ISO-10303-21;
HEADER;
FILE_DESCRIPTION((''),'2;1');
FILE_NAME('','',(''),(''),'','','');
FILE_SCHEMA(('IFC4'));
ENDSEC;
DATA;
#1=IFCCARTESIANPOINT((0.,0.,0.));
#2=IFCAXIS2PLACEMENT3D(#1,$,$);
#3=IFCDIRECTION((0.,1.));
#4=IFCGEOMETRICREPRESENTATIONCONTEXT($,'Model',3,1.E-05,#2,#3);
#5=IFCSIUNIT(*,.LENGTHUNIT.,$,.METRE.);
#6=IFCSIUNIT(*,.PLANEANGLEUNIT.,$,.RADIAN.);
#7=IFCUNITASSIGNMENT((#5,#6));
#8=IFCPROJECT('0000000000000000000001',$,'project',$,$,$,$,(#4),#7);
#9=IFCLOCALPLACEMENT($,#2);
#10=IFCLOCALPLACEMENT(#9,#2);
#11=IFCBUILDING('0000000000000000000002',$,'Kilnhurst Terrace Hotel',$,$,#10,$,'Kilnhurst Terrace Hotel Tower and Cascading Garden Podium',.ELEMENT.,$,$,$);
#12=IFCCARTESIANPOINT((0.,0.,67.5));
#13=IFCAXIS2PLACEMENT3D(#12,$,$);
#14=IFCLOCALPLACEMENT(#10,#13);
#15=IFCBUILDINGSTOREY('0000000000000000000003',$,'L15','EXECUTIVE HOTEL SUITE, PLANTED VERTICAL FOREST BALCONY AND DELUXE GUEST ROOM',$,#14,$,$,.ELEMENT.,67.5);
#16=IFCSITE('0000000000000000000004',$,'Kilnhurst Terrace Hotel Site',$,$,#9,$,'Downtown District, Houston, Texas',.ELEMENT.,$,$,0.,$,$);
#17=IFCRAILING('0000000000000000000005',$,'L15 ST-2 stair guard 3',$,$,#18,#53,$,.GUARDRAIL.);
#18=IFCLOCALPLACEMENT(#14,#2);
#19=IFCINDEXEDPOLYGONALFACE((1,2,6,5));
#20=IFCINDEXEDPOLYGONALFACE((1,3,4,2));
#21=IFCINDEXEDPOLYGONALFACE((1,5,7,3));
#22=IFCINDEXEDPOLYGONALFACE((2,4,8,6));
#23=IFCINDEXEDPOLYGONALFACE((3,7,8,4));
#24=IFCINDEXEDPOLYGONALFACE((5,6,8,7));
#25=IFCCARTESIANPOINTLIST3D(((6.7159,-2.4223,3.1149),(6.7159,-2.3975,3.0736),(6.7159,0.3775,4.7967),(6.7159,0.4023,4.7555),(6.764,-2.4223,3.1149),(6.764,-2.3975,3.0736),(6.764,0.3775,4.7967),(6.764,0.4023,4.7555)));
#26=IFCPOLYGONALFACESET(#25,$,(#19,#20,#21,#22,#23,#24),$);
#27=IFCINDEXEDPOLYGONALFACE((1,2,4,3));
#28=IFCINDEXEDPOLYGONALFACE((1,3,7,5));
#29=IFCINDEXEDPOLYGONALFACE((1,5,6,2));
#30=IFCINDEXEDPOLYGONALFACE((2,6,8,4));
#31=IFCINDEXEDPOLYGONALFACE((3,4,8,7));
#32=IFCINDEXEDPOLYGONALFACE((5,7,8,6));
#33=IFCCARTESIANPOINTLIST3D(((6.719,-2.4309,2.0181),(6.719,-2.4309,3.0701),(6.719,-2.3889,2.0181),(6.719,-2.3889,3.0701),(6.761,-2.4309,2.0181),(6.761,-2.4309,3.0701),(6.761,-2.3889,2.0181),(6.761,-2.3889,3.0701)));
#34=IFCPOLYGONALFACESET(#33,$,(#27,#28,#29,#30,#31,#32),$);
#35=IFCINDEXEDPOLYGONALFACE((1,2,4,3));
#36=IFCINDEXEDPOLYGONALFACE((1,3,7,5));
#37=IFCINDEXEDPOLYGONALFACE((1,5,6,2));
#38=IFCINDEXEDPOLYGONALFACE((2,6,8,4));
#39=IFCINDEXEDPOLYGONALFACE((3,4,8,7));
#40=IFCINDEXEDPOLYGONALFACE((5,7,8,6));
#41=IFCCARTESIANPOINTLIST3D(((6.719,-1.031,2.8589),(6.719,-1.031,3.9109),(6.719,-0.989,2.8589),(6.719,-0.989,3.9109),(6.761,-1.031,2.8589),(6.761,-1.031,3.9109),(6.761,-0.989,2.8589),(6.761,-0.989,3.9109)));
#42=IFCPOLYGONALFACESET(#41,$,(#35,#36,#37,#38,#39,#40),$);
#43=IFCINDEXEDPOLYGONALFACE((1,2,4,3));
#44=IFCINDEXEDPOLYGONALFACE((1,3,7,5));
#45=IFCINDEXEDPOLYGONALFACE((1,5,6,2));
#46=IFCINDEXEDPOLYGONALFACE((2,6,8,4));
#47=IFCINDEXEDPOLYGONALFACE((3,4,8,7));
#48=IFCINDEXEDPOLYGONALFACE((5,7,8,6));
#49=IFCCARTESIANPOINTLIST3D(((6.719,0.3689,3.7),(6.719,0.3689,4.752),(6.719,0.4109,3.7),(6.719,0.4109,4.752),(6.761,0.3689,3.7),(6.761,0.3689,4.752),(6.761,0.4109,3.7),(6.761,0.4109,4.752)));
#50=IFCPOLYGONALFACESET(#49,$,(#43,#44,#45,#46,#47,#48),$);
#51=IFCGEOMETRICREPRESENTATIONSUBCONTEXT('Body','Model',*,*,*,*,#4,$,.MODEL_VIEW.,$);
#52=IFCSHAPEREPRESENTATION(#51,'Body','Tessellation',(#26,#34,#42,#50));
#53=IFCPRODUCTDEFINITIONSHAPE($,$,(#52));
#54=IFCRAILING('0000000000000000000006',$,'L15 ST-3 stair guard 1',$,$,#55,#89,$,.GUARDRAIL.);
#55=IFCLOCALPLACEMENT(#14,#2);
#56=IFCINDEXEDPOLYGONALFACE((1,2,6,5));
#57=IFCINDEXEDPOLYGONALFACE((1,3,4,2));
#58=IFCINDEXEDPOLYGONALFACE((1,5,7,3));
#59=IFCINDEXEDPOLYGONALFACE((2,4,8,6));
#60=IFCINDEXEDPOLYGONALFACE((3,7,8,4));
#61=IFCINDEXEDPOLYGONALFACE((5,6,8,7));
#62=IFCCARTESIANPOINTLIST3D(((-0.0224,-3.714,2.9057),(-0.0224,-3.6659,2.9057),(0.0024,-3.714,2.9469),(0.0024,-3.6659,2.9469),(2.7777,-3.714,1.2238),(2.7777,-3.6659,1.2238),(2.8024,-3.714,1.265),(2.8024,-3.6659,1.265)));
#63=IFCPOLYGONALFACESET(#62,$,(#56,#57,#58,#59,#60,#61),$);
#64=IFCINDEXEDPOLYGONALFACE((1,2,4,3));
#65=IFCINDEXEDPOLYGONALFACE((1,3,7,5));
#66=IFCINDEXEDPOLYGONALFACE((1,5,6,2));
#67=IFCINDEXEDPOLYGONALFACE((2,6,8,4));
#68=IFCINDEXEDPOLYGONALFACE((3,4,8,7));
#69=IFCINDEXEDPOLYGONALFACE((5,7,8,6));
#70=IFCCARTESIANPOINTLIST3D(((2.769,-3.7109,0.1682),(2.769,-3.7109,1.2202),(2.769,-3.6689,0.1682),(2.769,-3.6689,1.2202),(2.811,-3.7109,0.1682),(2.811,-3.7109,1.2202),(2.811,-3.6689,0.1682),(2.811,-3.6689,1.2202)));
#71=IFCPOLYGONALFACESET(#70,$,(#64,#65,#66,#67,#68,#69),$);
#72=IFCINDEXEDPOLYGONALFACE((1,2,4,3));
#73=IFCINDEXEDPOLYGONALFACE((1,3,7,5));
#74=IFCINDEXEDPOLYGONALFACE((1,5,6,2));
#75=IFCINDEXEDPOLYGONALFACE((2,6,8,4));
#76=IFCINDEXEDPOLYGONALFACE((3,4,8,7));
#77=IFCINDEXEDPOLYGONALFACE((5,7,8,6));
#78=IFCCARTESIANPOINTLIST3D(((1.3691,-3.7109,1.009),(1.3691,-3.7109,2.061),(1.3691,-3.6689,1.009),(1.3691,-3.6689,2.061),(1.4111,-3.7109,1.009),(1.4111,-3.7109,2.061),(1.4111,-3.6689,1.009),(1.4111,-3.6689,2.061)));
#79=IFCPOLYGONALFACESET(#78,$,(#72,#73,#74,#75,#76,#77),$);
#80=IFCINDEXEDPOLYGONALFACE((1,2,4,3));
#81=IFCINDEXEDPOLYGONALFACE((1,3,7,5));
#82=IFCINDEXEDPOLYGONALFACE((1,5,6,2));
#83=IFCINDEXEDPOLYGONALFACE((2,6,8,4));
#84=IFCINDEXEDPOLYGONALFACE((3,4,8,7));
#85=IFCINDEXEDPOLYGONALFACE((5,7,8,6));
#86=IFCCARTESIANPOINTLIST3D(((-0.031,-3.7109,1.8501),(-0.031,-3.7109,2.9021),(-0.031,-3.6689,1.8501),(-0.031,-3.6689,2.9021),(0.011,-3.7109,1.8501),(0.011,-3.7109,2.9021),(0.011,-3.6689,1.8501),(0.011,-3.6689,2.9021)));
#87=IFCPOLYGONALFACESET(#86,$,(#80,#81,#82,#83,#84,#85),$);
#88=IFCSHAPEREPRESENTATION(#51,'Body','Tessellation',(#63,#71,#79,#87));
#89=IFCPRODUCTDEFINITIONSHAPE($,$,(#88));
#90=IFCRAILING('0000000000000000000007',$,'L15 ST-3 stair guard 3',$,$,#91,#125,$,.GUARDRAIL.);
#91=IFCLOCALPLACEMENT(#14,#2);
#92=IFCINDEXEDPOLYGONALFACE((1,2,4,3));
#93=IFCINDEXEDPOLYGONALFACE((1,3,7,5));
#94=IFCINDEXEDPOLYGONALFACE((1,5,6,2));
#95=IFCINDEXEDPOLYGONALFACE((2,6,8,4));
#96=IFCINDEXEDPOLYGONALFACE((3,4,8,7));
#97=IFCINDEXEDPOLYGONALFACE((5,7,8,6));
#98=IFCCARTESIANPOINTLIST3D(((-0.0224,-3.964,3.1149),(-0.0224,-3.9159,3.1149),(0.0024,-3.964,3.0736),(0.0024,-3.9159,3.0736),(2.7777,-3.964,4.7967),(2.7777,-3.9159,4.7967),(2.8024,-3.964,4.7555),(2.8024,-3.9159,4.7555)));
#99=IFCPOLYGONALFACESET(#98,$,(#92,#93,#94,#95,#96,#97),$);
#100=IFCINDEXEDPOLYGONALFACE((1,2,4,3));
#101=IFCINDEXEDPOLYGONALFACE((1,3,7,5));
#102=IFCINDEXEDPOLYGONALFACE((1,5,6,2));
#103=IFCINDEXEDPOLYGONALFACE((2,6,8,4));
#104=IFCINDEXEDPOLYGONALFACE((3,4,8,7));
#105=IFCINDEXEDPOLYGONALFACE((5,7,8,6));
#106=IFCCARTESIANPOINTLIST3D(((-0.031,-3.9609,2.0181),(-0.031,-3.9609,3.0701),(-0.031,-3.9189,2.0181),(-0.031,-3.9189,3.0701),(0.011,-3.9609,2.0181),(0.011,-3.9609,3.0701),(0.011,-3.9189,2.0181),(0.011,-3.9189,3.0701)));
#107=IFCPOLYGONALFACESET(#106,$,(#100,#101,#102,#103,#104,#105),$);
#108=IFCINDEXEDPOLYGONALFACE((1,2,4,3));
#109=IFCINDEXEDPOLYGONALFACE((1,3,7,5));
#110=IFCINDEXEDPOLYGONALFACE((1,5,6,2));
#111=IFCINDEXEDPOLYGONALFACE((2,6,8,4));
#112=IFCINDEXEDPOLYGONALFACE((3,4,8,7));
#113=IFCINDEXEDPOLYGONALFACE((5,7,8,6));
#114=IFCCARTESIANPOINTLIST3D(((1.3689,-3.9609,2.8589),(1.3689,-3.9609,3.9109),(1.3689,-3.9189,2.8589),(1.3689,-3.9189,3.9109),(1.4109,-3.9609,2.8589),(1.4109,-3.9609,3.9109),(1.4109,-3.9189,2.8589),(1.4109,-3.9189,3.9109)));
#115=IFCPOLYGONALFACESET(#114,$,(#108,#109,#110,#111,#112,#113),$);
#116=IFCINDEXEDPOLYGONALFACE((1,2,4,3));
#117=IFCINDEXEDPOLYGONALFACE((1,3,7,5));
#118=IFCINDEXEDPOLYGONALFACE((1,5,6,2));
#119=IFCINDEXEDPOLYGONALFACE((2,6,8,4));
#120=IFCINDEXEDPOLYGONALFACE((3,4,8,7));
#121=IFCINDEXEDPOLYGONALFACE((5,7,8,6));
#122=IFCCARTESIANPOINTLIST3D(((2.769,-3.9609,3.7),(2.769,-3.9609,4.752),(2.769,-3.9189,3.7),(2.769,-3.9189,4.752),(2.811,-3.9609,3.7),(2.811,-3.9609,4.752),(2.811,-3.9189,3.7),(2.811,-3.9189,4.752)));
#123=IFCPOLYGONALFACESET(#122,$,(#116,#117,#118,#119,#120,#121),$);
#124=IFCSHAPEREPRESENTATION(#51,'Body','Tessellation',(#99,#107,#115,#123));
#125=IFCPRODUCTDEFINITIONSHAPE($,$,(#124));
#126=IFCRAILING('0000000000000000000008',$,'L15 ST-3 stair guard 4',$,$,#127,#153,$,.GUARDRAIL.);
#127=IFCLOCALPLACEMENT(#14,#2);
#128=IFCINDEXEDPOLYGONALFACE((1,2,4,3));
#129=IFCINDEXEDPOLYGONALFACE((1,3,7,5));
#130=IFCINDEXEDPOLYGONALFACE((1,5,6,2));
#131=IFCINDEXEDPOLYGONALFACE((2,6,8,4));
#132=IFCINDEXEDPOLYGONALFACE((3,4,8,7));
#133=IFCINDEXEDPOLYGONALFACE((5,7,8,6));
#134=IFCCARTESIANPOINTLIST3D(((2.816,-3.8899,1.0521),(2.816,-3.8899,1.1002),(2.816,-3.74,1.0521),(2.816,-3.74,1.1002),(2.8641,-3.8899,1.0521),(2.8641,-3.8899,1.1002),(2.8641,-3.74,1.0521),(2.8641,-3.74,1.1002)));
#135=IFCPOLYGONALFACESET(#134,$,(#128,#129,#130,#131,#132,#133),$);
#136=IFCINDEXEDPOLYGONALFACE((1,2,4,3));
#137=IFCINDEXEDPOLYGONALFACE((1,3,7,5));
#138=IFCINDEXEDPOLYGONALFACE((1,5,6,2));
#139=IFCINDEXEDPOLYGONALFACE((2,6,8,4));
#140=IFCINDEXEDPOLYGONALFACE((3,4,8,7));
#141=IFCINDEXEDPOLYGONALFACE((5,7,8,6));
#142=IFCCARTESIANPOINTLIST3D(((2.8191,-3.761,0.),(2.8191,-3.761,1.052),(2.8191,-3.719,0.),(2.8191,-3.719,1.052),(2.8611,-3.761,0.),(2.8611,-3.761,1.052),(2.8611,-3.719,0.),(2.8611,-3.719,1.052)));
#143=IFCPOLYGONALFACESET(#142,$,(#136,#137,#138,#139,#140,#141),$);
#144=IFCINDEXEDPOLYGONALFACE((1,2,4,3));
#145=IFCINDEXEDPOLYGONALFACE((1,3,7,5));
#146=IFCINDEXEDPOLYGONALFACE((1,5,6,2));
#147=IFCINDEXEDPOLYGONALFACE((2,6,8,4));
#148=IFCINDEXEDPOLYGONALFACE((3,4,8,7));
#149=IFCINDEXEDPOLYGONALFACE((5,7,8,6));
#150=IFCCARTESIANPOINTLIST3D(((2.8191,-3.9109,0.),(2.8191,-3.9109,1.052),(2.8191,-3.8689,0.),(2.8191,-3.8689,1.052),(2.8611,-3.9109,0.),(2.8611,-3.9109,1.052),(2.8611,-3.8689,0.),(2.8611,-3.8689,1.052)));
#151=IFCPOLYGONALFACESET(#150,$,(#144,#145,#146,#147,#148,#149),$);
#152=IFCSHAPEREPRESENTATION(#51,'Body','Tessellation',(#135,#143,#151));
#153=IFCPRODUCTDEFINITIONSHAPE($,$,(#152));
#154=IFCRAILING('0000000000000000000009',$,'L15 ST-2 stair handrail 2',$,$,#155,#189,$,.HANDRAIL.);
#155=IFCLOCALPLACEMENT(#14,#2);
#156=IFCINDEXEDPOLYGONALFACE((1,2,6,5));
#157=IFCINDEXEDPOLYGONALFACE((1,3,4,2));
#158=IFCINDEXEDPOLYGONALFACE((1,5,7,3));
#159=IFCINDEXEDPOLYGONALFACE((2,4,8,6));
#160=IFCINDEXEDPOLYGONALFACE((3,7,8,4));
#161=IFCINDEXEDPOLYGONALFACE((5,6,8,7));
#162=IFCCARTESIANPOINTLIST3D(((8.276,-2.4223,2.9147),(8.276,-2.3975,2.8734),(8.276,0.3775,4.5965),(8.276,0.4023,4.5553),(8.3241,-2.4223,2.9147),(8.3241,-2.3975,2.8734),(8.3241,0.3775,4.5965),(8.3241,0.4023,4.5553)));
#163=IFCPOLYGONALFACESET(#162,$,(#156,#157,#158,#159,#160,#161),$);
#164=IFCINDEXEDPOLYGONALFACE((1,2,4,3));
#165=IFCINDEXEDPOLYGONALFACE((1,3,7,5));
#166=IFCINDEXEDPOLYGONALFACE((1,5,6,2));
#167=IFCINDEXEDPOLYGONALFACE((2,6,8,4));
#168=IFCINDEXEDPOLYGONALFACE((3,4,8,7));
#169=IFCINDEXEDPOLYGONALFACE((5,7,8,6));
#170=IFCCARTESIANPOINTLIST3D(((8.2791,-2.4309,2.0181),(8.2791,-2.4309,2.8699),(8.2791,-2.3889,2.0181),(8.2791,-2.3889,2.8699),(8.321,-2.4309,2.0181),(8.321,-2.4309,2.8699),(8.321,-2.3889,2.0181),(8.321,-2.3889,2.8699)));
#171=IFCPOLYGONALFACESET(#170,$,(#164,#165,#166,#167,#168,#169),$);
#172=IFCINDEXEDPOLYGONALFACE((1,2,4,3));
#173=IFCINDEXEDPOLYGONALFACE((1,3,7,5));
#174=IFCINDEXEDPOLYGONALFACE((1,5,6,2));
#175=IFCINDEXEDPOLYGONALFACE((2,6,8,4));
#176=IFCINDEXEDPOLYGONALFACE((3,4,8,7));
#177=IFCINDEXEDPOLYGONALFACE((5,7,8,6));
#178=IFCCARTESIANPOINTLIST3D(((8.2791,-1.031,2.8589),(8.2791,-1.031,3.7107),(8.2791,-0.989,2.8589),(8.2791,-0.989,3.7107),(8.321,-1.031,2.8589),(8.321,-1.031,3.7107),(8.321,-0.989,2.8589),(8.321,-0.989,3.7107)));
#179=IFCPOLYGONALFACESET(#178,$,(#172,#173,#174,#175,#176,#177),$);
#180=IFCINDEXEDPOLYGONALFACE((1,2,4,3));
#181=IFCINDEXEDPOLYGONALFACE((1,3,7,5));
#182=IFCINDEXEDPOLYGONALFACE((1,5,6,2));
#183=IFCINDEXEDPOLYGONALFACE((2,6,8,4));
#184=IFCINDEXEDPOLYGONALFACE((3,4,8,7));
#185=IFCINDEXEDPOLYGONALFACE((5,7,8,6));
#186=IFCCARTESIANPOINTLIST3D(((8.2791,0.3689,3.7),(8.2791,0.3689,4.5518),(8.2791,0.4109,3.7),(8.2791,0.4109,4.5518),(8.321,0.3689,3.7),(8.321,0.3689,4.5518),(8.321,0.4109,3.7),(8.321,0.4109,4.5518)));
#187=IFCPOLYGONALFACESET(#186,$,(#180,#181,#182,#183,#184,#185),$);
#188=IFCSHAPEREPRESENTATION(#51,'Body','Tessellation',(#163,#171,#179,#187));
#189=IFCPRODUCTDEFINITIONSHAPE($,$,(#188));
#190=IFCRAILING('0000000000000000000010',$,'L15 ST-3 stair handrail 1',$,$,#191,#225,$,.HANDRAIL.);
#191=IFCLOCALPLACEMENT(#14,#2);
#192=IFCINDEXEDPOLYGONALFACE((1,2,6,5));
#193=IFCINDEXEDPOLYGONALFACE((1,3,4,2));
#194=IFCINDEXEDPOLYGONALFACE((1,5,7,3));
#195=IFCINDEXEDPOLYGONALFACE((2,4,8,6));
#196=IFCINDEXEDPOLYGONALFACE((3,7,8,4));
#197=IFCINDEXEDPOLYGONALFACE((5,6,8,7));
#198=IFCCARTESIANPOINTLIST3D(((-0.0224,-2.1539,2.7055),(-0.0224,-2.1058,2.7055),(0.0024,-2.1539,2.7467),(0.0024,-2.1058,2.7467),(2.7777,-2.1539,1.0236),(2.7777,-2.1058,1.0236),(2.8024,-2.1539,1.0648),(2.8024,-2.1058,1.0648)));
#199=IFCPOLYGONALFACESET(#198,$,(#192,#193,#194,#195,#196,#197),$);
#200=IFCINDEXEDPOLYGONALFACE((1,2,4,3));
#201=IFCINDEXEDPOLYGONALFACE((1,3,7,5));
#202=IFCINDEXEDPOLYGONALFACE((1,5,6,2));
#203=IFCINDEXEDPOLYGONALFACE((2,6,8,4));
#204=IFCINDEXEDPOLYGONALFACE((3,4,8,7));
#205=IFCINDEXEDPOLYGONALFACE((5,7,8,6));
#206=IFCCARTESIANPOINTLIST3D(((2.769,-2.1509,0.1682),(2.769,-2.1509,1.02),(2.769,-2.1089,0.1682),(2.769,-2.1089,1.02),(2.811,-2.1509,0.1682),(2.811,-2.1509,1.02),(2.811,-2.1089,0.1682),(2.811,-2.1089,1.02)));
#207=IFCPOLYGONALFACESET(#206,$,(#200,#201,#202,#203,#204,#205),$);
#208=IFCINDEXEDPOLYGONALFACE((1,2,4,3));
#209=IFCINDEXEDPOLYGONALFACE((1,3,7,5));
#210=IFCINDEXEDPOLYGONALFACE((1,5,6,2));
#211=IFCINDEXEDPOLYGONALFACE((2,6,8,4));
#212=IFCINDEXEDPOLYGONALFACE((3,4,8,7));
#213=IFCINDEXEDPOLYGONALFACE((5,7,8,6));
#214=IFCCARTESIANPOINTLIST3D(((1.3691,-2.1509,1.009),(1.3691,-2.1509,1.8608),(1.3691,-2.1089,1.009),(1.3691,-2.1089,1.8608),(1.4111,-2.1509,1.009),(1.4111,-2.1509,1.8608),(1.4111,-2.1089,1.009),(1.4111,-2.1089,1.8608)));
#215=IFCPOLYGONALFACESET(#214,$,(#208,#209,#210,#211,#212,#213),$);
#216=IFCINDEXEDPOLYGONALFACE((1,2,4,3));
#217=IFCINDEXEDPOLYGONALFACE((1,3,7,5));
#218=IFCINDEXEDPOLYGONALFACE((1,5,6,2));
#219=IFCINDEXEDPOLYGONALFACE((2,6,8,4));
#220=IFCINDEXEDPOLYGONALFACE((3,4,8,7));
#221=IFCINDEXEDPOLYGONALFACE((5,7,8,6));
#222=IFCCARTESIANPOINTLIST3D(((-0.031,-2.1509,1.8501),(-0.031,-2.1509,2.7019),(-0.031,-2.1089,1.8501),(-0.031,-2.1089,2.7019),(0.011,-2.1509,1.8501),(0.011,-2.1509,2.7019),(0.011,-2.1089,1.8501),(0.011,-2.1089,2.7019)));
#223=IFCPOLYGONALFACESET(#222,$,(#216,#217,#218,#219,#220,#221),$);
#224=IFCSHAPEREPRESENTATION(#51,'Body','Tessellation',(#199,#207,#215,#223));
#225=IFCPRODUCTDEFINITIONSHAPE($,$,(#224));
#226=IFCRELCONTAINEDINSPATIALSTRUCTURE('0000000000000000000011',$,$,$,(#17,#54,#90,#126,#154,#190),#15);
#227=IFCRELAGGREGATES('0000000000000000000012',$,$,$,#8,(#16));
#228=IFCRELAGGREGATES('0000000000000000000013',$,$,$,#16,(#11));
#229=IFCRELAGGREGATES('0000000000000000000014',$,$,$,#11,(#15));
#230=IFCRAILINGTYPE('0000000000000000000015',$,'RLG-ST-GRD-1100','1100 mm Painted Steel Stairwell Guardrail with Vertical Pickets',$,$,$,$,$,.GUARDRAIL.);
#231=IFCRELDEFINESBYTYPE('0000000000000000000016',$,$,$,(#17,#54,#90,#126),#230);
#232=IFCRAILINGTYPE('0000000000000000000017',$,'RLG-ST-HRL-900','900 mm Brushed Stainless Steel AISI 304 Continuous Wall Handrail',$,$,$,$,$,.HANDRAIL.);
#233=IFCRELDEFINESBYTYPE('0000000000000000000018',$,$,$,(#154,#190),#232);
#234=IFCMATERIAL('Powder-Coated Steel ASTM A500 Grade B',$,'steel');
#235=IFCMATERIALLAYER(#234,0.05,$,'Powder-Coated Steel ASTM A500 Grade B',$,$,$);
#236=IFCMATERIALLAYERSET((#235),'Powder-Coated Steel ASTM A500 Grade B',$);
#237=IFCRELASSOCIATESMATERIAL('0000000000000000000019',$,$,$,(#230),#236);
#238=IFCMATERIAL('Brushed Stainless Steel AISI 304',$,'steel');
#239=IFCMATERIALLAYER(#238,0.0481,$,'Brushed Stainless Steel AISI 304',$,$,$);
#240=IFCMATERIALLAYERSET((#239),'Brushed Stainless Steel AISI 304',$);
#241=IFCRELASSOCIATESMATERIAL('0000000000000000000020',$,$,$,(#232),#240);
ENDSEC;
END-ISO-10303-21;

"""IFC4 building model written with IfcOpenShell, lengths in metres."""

from ifc_helpers import new_model, si_unit, direction, frame, origin, origin_2d, place, context, subcontext, project, spatial, rectangle, extrude, material, layer, layer_set, type_object, element, save


model = new_model("IFC4")

# Units and contexts
model_context = context("Model", 3, precision=1e-05, world=origin(), true_north=direction((0.0, 1.0)))
body_context = subcontext(model_context, "Body", "Model", "MODEL_VIEW")
ifc_project = project(units=[si_unit("LENGTHUNIT", "METRE"), si_unit("PLANEANGLEUNIT", "RADIAN")], contexts=[model_context])

# Site, building, storey
site_placement = place(None, origin())
site = spatial("IfcSite", under=ifc_project, at=site_placement, Name="Kilnhurst Terrace Hotel Site", LongName="Downtown District, Houston, Texas", CompositionType="ELEMENT", RefElevation=0.0)
building_placement = place(site_placement, origin())
building = spatial("IfcBuilding", under=site, at=building_placement, Name="Kilnhurst Terrace Hotel", LongName="Kilnhurst Terrace Hotel Tower and Cascading Garden Podium", CompositionType="ELEMENT")
storey_placement = place(building_placement, frame((0.0, 0.0, 67.5)))
storey = spatial("IfcBuildingStorey", under=building, at=storey_placement, Name="L15", Description="EXECUTIVE HOTEL SUITE, PLANTED VERTICAL FOREST BALCONY AND DELUXE GUEST ROOM", CompositionType="ELEMENT", Elevation=67.5)

# Railings
ifc_material_1 = material(Name="Powder-Coated Steel ASTM A500 Grade B", Category="steel")
ifc_layer_1 = layer(ifc_material_1, 0.05, Name="Powder-Coated Steel ASTM A500 Grade B")
ifc_layer_set_1 = layer_set([ifc_layer_1], Name="Powder-Coated Steel ASTM A500 Grade B")
railing_type_1 = type_object("IfcRailingType", Name="RLG-ST-GRD-1100", Description="1100 mm Painted Steel Stairwell Guardrail with Vertical Pickets", PredefinedType="GUARDRAIL", material=ifc_layer_set_1)
railing_1_placement = place(storey_placement, frame((6.74, -2.4099, 2.0181)))
element("IfcRailing", 1, at=railing_1_placement, inside=storey, type_object=railing_type_1, Name="L15 ST-2 stair guard 3", PredefinedType="GUARDRAIL", context=body_context, shape_type="SweptSolid", body=[
    extrude(rectangle(XDim=0.0481, YDim=0.0481, at=origin_2d()), frame((0.0, 0.0, 1.0762), z_axis=(0.0, 0.857222, 0.514946), x_axis=(-1.0, 0.0, 0.0)), (0.0, 0.0, 1.0), 3.2661),
    extrude(rectangle(XDim=0.042, YDim=0.042, at=origin_2d()), origin(), (0.0, 0.0, 1.0), 1.052),
    extrude(rectangle(XDim=0.042, YDim=0.042, at=origin_2d()), frame((0.0, 1.3999, 0.8408)), (0.0, 0.0, 1.0), 1.052),
    extrude(rectangle(XDim=0.042, YDim=0.042, at=origin_2d()), frame((0.0, 2.7998, 1.6819)), (0.0, 0.0, 1.0), 1.052),
])
railing_2_placement = place(storey_placement, frame((2.79, -3.6899, 0.1682)))
element("IfcRailing", 2, at=railing_2_placement, inside=storey, type_object=railing_type_1, Name="L15 ST-3 stair guard 1", PredefinedType="GUARDRAIL", context=body_context, shape_type="SweptSolid", body=[
    extrude(rectangle(XDim=0.0481, YDim=0.0481, at=origin_2d()), frame((0.0, 0.0, 1.0762), z_axis=(-0.857242, 0.0, 0.514913), x_axis=(0.0, -1.0, 0.0)), (0.0, 0.0, 1.0), 3.2664),
    extrude(rectangle(XDim=0.042, YDim=0.042, at=origin_2d()), origin(), (0.0, 0.0, 1.0), 1.052),
    extrude(rectangle(XDim=0.042, YDim=0.042, at=origin_2d()), frame((-1.3999, 0.0, 0.8408)), (0.0, 0.0, 1.0), 1.052),
    extrude(rectangle(XDim=0.042, YDim=0.042, at=origin_2d()), frame((-2.8, 0.0, 1.6819)), (0.0, 0.0, 1.0), 1.052),
])
railing_3_placement = place(storey_placement, frame((-0.01, -3.9399, 2.0181)))
element("IfcRailing", 3, at=railing_3_placement, inside=storey, type_object=railing_type_1, Name="L15 ST-3 stair guard 3", PredefinedType="GUARDRAIL", context=body_context, shape_type="SweptSolid", body=[
    extrude(rectangle(XDim=0.0481, YDim=0.0481, at=origin_2d()), frame((0.0, 0.0, 1.0762), z_axis=(0.857242, 0.0, 0.514913), x_axis=(0.0, 1.0, 0.0)), (0.0, 0.0, 1.0), 3.2664),
    extrude(rectangle(XDim=0.042, YDim=0.042, at=origin_2d()), origin(), (0.0, 0.0, 1.0), 1.052),
    extrude(rectangle(XDim=0.042, YDim=0.042, at=origin_2d()), frame((1.3999, 0.0, 0.8408)), (0.0, 0.0, 1.0), 1.052),
    extrude(rectangle(XDim=0.042, YDim=0.042, at=origin_2d()), frame((2.8, 0.0, 1.6819)), (0.0, 0.0, 1.0), 1.052),
])
railing_4_placement = place(storey_placement, frame((2.8401, -3.74, 0.0)))
element("IfcRailing", 4, at=railing_4_placement, inside=storey, type_object=railing_type_1, Name="L15 ST-3 stair guard 4", PredefinedType="GUARDRAIL", context=body_context, shape_type="SweptSolid", body=[
    extrude(rectangle(XDim=0.0481, YDim=0.0481, at=origin_2d()), frame((0.0, 0.0, 1.0762), z_axis=(0.0, -1.0, 0.0), x_axis=(1.0, 0.0, 0.0)), (0.0, 0.0, 1.0), 0.1499),
    extrude(rectangle(XDim=0.042, YDim=0.042, at=origin_2d()), origin(), (0.0, 0.0, 1.0), 1.052),
    extrude(rectangle(XDim=0.042, YDim=0.042, at=origin_2d()), frame((0.0, -0.1499, 0.0)), (0.0, 0.0, 1.0), 1.052),
])
ifc_material_2 = material(Name="Brushed Stainless Steel AISI 304", Category="steel")
ifc_layer_2 = layer(ifc_material_2, 0.0481, Name="Brushed Stainless Steel AISI 304")
ifc_layer_set_2 = layer_set([ifc_layer_2], Name="Brushed Stainless Steel AISI 304")
railing_type_2 = type_object("IfcRailingType", Name="RLG-ST-HRL-900", Description="900 mm Brushed Stainless Steel AISI 304 Continuous Wall Handrail", PredefinedType="HANDRAIL", material=ifc_layer_set_2)
railing_5_placement = place(storey_placement, frame((8.3, -2.4099, 2.0181)))
element("IfcRailing", 5, at=railing_5_placement, inside=storey, type_object=railing_type_2, Name="L15 ST-2 stair handrail 2", PredefinedType="HANDRAIL", context=body_context, shape_type="SweptSolid", body=[
    extrude(rectangle(XDim=0.0481, YDim=0.0481, at=origin_2d()), frame((0.0, 0.0, 0.876), z_axis=(0.0, 0.857222, 0.514946), x_axis=(-1.0, 0.0, 0.0)), (0.0, 0.0, 1.0), 3.2661),
    extrude(rectangle(XDim=0.042, YDim=0.042, at=origin_2d()), origin(), (0.0, 0.0, 1.0), 0.8518),
    extrude(rectangle(XDim=0.042, YDim=0.042, at=origin_2d()), frame((0.0, 1.3999, 0.8408)), (0.0, 0.0, 1.0), 0.8518),
    extrude(rectangle(XDim=0.042, YDim=0.042, at=origin_2d()), frame((0.0, 2.7998, 1.6819)), (0.0, 0.0, 1.0), 0.8518),
])
railing_6_placement = place(storey_placement, frame((2.79, -2.1299, 0.1682)))
element("IfcRailing", 6, at=railing_6_placement, inside=storey, type_object=railing_type_2, Name="L15 ST-3 stair handrail 1", PredefinedType="HANDRAIL", context=body_context, shape_type="SweptSolid", body=[
    extrude(rectangle(XDim=0.0481, YDim=0.0481, at=origin_2d()), frame((0.0, 0.0, 0.876), z_axis=(-0.857242, 0.0, 0.514913), x_axis=(0.0, -1.0, 0.0)), (0.0, 0.0, 1.0), 3.2664),
    extrude(rectangle(XDim=0.042, YDim=0.042, at=origin_2d()), origin(), (0.0, 0.0, 1.0), 0.8518),
    extrude(rectangle(XDim=0.042, YDim=0.042, at=origin_2d()), frame((-1.3999, 0.0, 0.8408)), (0.0, 0.0, 1.0), 0.8518),
    extrude(rectangle(XDim=0.042, YDim=0.042, at=origin_2d()), frame((-2.8, 0.0, 1.6819)), (0.0, 0.0, 1.0), 0.8518),
])

save(model, "model.ifc")
